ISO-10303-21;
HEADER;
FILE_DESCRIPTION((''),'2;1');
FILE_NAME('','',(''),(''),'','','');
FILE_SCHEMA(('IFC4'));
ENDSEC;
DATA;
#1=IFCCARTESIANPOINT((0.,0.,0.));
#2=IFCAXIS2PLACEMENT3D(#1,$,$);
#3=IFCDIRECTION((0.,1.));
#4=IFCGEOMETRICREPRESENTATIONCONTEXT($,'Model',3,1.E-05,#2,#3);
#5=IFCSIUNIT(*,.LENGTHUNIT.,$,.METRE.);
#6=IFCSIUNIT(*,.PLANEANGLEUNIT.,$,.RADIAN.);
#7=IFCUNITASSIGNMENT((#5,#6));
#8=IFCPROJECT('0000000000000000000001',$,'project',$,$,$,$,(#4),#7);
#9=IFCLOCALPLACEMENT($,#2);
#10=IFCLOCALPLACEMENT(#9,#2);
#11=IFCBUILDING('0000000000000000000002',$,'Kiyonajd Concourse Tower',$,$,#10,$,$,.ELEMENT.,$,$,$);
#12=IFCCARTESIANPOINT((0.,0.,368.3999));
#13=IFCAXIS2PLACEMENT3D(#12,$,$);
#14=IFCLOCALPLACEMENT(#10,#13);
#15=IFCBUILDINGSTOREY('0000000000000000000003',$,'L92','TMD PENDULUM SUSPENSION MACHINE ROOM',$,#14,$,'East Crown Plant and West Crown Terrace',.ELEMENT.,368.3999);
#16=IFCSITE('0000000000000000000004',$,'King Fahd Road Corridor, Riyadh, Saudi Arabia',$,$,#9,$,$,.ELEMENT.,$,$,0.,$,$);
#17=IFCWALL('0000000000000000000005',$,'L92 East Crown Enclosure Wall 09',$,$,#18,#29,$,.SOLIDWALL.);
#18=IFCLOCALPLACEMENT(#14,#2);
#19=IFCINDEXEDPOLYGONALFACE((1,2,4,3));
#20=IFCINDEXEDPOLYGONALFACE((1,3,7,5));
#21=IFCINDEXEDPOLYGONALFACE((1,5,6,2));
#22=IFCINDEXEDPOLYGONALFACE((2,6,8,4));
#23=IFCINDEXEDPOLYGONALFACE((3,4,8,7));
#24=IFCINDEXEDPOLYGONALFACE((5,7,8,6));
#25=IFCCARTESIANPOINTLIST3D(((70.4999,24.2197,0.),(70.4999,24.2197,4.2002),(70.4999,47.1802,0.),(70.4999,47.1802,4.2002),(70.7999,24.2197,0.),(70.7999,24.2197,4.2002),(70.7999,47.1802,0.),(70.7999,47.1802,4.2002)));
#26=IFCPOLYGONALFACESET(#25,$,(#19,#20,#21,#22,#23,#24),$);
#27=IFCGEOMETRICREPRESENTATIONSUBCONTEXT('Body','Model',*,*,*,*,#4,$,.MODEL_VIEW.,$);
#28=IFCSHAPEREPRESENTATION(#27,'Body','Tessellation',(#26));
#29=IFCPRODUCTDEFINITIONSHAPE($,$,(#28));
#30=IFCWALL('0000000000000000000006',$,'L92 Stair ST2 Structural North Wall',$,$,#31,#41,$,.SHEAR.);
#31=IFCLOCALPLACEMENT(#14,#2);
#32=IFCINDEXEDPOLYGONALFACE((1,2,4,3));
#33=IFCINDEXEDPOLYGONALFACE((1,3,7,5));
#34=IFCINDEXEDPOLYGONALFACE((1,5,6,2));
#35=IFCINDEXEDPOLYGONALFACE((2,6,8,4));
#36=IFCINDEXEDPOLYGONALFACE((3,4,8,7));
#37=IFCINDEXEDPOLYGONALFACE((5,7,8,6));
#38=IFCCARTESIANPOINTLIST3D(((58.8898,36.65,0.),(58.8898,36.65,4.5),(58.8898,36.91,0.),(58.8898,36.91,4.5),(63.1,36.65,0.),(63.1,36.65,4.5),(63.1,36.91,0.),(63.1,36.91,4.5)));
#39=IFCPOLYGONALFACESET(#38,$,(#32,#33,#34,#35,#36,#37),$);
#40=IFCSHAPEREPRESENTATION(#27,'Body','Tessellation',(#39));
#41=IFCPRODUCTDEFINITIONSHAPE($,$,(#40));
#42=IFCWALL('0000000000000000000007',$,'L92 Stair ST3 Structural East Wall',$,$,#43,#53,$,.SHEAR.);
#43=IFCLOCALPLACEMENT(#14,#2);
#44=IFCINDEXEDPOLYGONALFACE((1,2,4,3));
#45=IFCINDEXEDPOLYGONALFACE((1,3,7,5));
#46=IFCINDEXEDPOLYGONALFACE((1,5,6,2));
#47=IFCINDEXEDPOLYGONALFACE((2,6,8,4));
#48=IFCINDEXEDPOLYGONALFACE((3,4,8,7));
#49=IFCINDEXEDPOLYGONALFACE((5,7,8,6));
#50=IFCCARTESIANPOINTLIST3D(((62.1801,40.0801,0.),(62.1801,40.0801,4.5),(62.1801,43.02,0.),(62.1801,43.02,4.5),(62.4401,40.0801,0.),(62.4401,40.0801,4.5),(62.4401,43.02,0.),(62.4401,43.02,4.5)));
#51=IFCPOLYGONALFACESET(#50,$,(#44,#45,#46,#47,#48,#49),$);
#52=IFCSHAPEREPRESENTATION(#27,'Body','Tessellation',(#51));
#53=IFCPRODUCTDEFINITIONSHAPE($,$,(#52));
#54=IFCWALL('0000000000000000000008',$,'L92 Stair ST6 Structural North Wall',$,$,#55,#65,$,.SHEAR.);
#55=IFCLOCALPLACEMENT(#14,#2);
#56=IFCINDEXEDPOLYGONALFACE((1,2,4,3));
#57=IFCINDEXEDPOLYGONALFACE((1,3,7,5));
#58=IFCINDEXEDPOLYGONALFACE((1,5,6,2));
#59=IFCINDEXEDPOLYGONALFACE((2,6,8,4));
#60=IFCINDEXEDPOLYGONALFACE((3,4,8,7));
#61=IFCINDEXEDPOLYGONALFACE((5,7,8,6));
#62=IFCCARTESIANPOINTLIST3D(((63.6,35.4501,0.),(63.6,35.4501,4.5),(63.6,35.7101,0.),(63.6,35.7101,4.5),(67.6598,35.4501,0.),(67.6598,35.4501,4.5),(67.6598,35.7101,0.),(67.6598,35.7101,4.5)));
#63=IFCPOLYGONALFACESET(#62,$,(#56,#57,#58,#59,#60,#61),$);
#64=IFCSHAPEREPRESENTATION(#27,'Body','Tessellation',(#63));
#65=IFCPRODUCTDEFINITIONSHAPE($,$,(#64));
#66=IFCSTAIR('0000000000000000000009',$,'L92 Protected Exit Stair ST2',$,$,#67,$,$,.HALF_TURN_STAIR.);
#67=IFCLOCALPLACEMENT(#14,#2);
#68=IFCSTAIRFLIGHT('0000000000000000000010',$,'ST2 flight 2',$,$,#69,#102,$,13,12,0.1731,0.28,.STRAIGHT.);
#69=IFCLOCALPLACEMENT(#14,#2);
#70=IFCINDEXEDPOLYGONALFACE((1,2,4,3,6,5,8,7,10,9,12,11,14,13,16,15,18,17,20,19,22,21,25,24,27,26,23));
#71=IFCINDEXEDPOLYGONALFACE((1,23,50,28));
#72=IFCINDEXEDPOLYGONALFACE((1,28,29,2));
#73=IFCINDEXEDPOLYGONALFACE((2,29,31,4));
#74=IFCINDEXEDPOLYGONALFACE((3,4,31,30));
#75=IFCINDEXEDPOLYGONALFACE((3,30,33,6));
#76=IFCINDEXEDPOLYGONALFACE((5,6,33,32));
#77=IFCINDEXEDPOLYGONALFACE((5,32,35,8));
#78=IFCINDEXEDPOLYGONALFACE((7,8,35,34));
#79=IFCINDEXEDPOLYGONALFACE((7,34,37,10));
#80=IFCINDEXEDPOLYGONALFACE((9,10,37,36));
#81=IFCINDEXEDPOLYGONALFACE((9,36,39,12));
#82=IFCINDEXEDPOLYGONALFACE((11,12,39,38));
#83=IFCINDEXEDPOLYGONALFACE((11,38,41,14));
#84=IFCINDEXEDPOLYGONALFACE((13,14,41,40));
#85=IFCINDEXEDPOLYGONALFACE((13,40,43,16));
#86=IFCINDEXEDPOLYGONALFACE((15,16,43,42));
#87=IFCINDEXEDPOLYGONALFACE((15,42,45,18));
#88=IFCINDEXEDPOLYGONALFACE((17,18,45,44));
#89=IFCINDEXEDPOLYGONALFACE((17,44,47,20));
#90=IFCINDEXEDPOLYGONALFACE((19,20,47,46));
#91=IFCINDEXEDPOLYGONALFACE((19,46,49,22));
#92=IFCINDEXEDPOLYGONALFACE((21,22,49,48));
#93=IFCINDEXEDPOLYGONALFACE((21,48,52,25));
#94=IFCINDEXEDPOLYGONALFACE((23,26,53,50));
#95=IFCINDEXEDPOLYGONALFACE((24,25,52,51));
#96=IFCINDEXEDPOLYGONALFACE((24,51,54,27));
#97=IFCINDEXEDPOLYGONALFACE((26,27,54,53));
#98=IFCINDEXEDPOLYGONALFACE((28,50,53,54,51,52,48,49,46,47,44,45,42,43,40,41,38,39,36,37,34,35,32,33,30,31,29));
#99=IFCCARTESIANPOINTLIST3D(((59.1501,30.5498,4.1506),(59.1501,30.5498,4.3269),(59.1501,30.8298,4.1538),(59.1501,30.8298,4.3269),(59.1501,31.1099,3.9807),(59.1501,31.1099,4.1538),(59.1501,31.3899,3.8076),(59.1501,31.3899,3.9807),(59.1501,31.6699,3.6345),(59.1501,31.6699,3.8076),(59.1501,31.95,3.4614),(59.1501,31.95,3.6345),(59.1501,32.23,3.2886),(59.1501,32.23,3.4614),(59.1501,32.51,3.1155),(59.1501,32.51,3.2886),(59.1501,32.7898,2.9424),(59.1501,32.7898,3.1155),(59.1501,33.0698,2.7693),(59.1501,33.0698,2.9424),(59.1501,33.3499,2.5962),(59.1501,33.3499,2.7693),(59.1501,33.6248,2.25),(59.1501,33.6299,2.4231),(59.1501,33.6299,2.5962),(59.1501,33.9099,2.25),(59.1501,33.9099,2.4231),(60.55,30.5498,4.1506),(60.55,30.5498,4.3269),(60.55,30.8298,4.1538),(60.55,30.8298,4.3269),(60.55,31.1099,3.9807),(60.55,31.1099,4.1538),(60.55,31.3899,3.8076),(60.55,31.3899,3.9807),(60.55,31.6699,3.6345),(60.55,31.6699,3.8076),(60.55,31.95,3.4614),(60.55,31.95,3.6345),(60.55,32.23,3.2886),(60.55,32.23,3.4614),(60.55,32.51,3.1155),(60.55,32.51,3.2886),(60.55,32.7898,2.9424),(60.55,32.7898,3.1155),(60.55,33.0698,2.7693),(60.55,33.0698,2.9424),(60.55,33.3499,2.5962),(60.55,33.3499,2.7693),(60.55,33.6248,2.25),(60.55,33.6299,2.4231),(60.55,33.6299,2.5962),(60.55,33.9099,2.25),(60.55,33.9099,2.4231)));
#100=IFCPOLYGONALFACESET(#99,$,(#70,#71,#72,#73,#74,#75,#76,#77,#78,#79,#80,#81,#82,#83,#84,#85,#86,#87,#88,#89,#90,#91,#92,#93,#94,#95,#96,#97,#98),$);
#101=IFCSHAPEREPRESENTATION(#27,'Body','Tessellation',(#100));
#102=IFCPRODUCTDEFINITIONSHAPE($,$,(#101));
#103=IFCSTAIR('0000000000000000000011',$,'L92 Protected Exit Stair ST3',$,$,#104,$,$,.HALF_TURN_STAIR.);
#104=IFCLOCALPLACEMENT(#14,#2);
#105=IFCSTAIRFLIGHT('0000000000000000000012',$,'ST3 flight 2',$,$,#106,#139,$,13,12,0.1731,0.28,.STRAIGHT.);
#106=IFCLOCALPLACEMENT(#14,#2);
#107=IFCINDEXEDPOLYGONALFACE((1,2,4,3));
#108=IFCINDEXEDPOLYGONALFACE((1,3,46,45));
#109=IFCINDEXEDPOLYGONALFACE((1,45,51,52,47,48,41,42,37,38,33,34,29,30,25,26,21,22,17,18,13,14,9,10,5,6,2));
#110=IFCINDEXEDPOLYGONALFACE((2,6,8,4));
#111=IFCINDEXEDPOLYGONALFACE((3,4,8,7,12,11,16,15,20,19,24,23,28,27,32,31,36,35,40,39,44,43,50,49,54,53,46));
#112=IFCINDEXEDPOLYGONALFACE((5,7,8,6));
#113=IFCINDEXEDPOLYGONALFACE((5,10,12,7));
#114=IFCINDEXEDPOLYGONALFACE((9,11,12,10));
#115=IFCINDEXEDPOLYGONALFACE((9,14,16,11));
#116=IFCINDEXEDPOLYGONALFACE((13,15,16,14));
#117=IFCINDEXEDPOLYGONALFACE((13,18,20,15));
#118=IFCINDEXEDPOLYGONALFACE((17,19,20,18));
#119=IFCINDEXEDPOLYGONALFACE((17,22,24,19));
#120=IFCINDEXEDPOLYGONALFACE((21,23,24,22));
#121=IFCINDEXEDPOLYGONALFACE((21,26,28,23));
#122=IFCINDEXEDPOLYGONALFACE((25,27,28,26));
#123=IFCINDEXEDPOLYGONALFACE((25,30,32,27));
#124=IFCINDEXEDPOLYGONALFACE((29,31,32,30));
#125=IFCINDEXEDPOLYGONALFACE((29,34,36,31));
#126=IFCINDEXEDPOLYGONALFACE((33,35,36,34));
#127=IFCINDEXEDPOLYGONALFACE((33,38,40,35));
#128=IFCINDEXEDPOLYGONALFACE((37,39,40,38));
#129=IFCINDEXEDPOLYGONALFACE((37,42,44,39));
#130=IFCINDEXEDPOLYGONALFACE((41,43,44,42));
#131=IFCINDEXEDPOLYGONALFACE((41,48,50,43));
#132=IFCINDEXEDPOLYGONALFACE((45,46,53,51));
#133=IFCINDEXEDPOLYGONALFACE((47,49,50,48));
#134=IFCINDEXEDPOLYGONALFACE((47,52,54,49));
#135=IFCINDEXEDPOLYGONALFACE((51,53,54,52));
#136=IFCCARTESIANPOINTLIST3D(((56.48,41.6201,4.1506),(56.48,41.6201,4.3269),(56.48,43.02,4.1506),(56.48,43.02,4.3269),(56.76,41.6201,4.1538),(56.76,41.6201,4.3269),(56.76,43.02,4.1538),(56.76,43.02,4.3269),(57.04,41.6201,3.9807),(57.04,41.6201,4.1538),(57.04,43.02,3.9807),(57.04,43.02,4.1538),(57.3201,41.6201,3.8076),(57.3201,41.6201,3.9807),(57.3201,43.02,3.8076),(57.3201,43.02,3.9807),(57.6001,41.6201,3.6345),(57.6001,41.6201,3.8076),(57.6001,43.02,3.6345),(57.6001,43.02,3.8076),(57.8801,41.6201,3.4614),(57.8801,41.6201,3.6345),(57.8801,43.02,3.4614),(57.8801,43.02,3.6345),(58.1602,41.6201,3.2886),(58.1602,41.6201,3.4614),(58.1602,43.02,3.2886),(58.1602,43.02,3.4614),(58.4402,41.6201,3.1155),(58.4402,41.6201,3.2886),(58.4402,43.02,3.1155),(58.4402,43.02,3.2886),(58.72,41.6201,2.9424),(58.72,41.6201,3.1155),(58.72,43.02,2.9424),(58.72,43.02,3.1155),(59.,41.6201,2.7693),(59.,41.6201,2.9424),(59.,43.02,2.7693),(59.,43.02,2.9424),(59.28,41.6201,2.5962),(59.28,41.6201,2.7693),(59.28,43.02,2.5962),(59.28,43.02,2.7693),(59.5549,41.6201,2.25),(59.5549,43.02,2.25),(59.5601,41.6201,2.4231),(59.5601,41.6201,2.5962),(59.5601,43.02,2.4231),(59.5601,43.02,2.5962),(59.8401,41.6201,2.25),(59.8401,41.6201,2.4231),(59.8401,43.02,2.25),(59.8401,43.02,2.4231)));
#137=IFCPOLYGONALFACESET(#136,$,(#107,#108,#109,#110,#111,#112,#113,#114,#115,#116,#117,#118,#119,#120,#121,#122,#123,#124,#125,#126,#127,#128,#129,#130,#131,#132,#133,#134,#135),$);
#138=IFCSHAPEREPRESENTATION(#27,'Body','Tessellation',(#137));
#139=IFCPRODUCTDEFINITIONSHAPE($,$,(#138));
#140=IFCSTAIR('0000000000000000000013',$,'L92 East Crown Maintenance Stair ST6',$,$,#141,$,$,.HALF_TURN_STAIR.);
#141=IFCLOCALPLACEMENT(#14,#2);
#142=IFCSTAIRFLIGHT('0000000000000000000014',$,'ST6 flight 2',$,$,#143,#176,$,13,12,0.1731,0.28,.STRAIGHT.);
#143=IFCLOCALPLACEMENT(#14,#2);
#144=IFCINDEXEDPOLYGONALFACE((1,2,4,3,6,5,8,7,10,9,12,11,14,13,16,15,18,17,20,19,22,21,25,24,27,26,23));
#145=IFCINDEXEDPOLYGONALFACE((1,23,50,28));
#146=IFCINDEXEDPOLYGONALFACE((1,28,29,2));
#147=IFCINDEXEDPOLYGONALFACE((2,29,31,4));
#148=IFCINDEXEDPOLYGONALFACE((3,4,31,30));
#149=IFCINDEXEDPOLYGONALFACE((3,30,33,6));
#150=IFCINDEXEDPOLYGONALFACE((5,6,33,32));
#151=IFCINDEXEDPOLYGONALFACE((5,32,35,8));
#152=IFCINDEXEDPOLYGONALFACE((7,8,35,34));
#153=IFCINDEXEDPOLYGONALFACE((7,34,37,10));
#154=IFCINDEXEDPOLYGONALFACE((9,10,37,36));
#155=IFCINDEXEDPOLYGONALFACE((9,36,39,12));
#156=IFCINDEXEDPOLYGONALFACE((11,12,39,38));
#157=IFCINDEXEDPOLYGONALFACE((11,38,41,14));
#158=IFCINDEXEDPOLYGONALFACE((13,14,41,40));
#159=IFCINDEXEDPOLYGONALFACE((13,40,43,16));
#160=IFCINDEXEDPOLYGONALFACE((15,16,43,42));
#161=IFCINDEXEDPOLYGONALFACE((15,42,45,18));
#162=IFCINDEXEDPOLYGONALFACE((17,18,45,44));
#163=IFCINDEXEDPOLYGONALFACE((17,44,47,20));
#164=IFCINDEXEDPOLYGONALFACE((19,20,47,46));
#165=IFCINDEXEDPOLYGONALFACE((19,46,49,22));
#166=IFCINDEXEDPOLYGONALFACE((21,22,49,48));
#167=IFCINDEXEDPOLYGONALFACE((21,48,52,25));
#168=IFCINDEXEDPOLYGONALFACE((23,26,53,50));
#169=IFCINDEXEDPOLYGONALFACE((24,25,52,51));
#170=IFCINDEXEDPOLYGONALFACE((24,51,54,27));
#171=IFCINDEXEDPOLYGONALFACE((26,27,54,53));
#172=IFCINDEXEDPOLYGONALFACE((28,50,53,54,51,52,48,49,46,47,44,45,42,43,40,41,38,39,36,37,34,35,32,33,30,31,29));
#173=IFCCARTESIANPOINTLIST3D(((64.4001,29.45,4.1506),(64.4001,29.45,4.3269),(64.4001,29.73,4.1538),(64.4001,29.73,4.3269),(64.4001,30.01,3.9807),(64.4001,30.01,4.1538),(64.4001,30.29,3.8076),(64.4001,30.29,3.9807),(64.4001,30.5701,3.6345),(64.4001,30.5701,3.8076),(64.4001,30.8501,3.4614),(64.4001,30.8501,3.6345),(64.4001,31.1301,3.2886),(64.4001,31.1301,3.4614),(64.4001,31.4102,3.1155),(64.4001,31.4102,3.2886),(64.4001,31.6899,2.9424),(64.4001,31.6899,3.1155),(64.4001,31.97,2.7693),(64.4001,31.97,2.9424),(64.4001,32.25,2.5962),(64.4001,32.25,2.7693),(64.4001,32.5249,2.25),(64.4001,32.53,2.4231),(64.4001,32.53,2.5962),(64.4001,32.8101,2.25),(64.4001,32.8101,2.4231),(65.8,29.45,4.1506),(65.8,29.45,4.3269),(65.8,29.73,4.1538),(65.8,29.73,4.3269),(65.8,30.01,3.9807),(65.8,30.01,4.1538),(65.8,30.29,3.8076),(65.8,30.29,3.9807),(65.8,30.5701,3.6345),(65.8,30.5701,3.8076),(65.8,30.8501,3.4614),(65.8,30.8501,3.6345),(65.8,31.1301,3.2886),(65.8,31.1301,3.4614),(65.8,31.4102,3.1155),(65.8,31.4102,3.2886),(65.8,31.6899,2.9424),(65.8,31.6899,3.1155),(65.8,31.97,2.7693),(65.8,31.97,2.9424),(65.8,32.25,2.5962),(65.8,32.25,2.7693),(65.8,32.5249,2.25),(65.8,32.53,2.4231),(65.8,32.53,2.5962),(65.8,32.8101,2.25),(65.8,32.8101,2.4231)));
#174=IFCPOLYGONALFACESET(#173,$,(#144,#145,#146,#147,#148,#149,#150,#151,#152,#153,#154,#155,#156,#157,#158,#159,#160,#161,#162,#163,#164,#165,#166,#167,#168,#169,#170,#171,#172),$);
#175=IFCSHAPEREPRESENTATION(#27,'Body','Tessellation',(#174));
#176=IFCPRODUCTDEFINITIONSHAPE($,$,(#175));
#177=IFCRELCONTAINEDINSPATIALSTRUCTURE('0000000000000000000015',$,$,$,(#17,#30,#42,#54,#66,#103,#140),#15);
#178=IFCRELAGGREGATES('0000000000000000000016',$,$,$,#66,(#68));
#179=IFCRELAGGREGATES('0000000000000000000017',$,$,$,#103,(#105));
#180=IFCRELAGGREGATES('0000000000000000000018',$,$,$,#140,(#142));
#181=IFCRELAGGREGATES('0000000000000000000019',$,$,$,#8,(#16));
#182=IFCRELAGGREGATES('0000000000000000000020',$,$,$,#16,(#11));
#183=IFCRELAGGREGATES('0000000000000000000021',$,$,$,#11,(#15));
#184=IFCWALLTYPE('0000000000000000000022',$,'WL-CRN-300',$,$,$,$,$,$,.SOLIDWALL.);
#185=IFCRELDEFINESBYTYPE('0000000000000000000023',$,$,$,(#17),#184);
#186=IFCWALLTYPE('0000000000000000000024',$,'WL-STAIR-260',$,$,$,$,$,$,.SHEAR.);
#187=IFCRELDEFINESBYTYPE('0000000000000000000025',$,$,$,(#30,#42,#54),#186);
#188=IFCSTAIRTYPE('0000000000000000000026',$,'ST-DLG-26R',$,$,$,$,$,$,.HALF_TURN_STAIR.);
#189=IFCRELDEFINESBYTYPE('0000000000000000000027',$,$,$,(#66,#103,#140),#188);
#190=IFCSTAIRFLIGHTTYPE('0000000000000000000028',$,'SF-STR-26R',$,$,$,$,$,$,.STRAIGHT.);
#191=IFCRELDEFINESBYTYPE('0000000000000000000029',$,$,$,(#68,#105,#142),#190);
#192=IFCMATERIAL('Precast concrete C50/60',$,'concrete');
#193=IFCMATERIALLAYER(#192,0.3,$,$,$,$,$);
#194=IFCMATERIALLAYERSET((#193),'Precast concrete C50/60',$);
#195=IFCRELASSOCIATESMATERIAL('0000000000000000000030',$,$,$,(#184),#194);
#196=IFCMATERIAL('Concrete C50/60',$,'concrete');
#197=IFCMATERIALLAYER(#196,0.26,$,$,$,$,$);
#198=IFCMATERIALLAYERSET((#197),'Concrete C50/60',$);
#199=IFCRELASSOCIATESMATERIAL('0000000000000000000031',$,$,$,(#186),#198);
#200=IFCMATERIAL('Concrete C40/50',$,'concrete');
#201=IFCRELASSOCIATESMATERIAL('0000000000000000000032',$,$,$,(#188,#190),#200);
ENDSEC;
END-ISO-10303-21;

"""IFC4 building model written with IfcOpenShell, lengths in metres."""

from ifc_helpers import new_model, si_unit, direction, frame, frame_2d, origin, place, context, subcontext, project, spatial, polyline, rectangle, outline, extrude, material, layer, layer_set, type_object, element, aggregate, save


model = new_model("IFC4")

# Units and contexts
model_context = context("Model", 3, precision=1e-05, world=origin(), true_north=direction((0.0, 1.0)))
body_context = subcontext(model_context, "Body", "Model", "MODEL_VIEW")
ifc_project = project(units=[si_unit("LENGTHUNIT", "METRE"), si_unit("PLANEANGLEUNIT", "RADIAN")], contexts=[model_context])

# Site, building, storey
site_placement = place(None, origin())
site = spatial("IfcSite", under=ifc_project, at=site_placement, Name="King Fahd Road Corridor, Riyadh, Saudi Arabia", CompositionType="ELEMENT", RefElevation=0.0)
building_placement = place(site_placement, origin())
building = spatial("IfcBuilding", under=site, at=building_placement, Name="Kiyonajd Concourse Tower", CompositionType="ELEMENT")
storey_placement = place(building_placement, frame((0.0, 0.0, 368.3999)))
storey = spatial("IfcBuildingStorey", under=building, at=storey_placement, Name="L92", Description="TMD PENDULUM SUSPENSION MACHINE ROOM", LongName="East Crown Plant and West Crown Terrace", CompositionType="ELEMENT", Elevation=368.3999)

# Shared definitions
ifc_material_1 = material(Name="Concrete C50/60", Category="concrete")

# Walls
ifc_material_2 = material(Name="Precast concrete C50/60", Category="concrete")
ifc_layer_1 = layer(ifc_material_2, 0.3)
ifc_layer_set_1 = layer_set([ifc_layer_1], Name="Precast concrete C50/60")
wall_type_1 = type_object("IfcWallType", Name="WL-CRN-300", PredefinedType="SOLIDWALL", material=ifc_layer_set_1)
wall_1_placement = place(storey_placement, frame((70.6499, 47.1802, 0.0), z_axis=(0.0, 0.0, 1.0), x_axis=(0.0, -1.0, 0.0)))
element("IfcWall", 1, at=wall_1_placement, inside=storey, type_object=wall_type_1, Name="L92 East Crown Enclosure Wall 09", PredefinedType="SOLIDWALL", context=body_context, shape_type="SweptSolid", body=[
    extrude(rectangle(XDim=22.9604, YDim=0.3, at=frame_2d((11.4802, 0.0))), origin(), (0.0, 0.0, 1.0), 4.2002),
])
ifc_layer_2 = layer(ifc_material_1, 0.26)
ifc_layer_set_2 = layer_set([ifc_layer_2], Name="Concrete C50/60")
wall_type_2 = type_object("IfcWallType", Name="WL-STAIR-260", PredefinedType="SHEAR", material=ifc_layer_set_2)
wall_2_placement = place(storey_placement, frame((58.8899, 36.78, 0.0), z_axis=(0.0, 0.0, 1.0), x_axis=(1.0, 0.0, 0.0)))
element("IfcWall", 2, at=wall_2_placement, inside=storey, type_object=wall_type_2, Name="L92 Stair ST2 Structural North Wall", PredefinedType="SHEAR", context=body_context, shape_type="SweptSolid", body=[
    extrude(rectangle(XDim=4.2102, YDim=0.26, at=frame_2d((2.105, 0.0))), origin(), (0.0, 0.0, 1.0), 4.5),
])
wall_3_placement = place(storey_placement, frame((62.3101, 40.0801, 0.0), z_axis=(0.0, 0.0, 1.0), x_axis=(0.0, 1.0, 0.0)))
element("IfcWall", 3, at=wall_3_placement, inside=storey, type_object=wall_type_2, Name="L92 Stair ST3 Structural East Wall", PredefinedType="SHEAR", context=body_context, shape_type="SweptSolid", body=[
    extrude(rectangle(XDim=2.9399, YDim=0.26, at=frame_2d((1.47, 0.0))), origin(), (0.0, 0.0, 1.0), 4.5),
])
wall_4_placement = place(storey_placement, frame((63.6001, 35.5801, 0.0), z_axis=(0.0, 0.0, 1.0), x_axis=(1.0, 0.0, 0.0)))
element("IfcWall", 4, at=wall_4_placement, inside=storey, type_object=wall_type_2, Name="L92 Stair ST6 Structural North Wall", PredefinedType="SHEAR", context=body_context, shape_type="SweptSolid", body=[
    extrude(rectangle(XDim=4.0598, YDim=0.26, at=frame_2d((2.0298, 0.0))), origin(), (0.0, 0.0, 1.0), 4.5),
])

# Stairs, stair flights
ifc_material_3 = material(Name="Concrete C40/50", Category="concrete")
stair_type = type_object("IfcStairType", Name="ST-DLG-26R", PredefinedType="HALF_TURN_STAIR", material=ifc_material_3)
stair_1_placement = place(storey_placement, origin())
stair_1 = element("IfcStair", 5, at=stair_1_placement, inside=storey, type_object=stair_type, Name="L92 Protected Exit Stair ST2", PredefinedType="HALF_TURN_STAIR")
stair_flight_type = type_object("IfcStairFlightType", Name="SF-STR-26R", PredefinedType="STRAIGHT", material=ifc_material_3)
stair_flight_1_placement = place(storey_placement, frame((59.8501, 33.9099, 2.25), z_axis=(0.0, 0.0, 1.0), x_axis=(0.0, -1.0, 0.0)))
stair_flight_1 = element("IfcStairFlight", 6, at=stair_flight_1_placement, type_object=stair_flight_type, Name="ST2 flight 2", NumberOfRisers=13, NumberOfTreads=12, PredefinedType="STRAIGHT", RiserHeight=0.1731, TreadLength=0.28, context=body_context, shape_type="SweptSolid", body=[
    extrude(outline(polyline([(0.0, 0.0), (0.0, 0.1731), (0.28, 0.1731), (0.28, 0.3462), (0.5601, 0.3462), (0.5601, 0.5193), (0.8401, 0.5193), (0.8401, 0.6924), (1.1201, 0.6924), (1.1201, 0.8655), (1.3999, 0.8655), (1.3999, 1.0386), (1.6799, 1.0386), (1.6799, 1.2114), (1.96, 1.2114), (1.96, 1.3845), (2.24, 1.3845), (2.24, 1.5576), (2.52, 1.5576), (2.52, 1.7307), (2.8, 1.7307), (2.8, 1.9038), (3.0801, 1.9038), (3.0801, 2.0769), (3.3601, 2.0769), (3.3601, 2.25), (3.3601, 1.9006), (0.2852, 0.0), (0.0, 0.0)])), frame((0.0, 0.7, 0.0), z_axis=(0.0, -1.0, 0.0), x_axis=(1.0, 0.0, 0.0)), (0.0, 0.0, 1.0), 1.3999),
])
aggregate(stair_1, [stair_flight_1])
stair_2_placement = place(storey_placement, origin())
stair_2 = element("IfcStair", 7, at=stair_2_placement, inside=storey, type_object=stair_type, Name="L92 Protected Exit Stair ST3", PredefinedType="HALF_TURN_STAIR")
stair_flight_2_placement = place(storey_placement, frame((59.8401, 42.3201, 2.25), z_axis=(0.0, 0.0, 1.0), x_axis=(-1.0, 0.0, 0.0)))
stair_flight_2 = element("IfcStairFlight", 8, at=stair_flight_2_placement, type_object=stair_flight_type, Name="ST3 flight 2", NumberOfRisers=13, NumberOfTreads=12, PredefinedType="STRAIGHT", RiserHeight=0.1731, TreadLength=0.28, context=body_context, shape_type="SweptSolid", body=[
    extrude(outline(polyline([(0.0, 0.0), (0.0, 0.1731), (0.28, 0.1731), (0.28, 0.3462), (0.5601, 0.3462), (0.5601, 0.5193), (0.8401, 0.5193), (0.8401, 0.6924), (1.1201, 0.6924), (1.1201, 0.8655), (1.3999, 0.8655), (1.3999, 1.0386), (1.6799, 1.0386), (1.6799, 1.2114), (1.96, 1.2114), (1.96, 1.3845), (2.24, 1.3845), (2.24, 1.5576), (2.52, 1.5576), (2.52, 1.7307), (2.8, 1.7307), (2.8, 1.9038), (3.0801, 1.9038), (3.0801, 2.0769), (3.3601, 2.0769), (3.3601, 2.25), (3.3601, 1.9006), (0.2852, 0.0), (0.0, 0.0)])), frame((0.0, 0.7, 0.0), z_axis=(0.0, -1.0, 0.0), x_axis=(1.0, 0.0, 0.0)), (0.0, 0.0, 1.0), 1.3999),
])
aggregate(stair_2, [stair_flight_2])
stair_3_placement = place(storey_placement, origin())
stair_3 = element("IfcStair", 9, at=stair_3_placement, inside=storey, type_object=stair_type, Name="L92 East Crown Maintenance Stair ST6", PredefinedType="HALF_TURN_STAIR")
stair_flight_3_placement = place(storey_placement, frame((65.1001, 32.8101, 2.25), z_axis=(0.0, 0.0, 1.0), x_axis=(0.0, -1.0, 0.0)))
stair_flight_3 = element("IfcStairFlight", 10, at=stair_flight_3_placement, type_object=stair_flight_type, Name="ST6 flight 2", NumberOfRisers=13, NumberOfTreads=12, PredefinedType="STRAIGHT", RiserHeight=0.1731, TreadLength=0.28, context=body_context, shape_type="SweptSolid", body=[
    extrude(outline(polyline([(0.0, 0.0), (0.0, 0.1731), (0.28, 0.1731), (0.28, 0.3462), (0.5601, 0.3462), (0.5601, 0.5193), (0.8401, 0.5193), (0.8401, 0.6924), (1.1201, 0.6924), (1.1201, 0.8655), (1.3999, 0.8655), (1.3999, 1.0386), (1.6799, 1.0386), (1.6799, 1.2114), (1.96, 1.2114), (1.96, 1.3845), (2.24, 1.3845), (2.24, 1.5576), (2.52, 1.5576), (2.52, 1.7307), (2.8, 1.7307), (2.8, 1.9038), (3.0801, 1.9038), (3.0801, 2.0769), (3.3601, 2.0769), (3.3601, 2.25), (3.3601, 1.9006), (0.2852, 0.0), (0.0, 0.0)])), frame((0.0, 0.7, 0.0), z_axis=(0.0, -1.0, 0.0), x_axis=(1.0, 0.0, 0.0)), (0.0, 0.0, 1.0), 1.3999),
])
aggregate(stair_3, [stair_flight_3])

save(model, "model.ifc")
